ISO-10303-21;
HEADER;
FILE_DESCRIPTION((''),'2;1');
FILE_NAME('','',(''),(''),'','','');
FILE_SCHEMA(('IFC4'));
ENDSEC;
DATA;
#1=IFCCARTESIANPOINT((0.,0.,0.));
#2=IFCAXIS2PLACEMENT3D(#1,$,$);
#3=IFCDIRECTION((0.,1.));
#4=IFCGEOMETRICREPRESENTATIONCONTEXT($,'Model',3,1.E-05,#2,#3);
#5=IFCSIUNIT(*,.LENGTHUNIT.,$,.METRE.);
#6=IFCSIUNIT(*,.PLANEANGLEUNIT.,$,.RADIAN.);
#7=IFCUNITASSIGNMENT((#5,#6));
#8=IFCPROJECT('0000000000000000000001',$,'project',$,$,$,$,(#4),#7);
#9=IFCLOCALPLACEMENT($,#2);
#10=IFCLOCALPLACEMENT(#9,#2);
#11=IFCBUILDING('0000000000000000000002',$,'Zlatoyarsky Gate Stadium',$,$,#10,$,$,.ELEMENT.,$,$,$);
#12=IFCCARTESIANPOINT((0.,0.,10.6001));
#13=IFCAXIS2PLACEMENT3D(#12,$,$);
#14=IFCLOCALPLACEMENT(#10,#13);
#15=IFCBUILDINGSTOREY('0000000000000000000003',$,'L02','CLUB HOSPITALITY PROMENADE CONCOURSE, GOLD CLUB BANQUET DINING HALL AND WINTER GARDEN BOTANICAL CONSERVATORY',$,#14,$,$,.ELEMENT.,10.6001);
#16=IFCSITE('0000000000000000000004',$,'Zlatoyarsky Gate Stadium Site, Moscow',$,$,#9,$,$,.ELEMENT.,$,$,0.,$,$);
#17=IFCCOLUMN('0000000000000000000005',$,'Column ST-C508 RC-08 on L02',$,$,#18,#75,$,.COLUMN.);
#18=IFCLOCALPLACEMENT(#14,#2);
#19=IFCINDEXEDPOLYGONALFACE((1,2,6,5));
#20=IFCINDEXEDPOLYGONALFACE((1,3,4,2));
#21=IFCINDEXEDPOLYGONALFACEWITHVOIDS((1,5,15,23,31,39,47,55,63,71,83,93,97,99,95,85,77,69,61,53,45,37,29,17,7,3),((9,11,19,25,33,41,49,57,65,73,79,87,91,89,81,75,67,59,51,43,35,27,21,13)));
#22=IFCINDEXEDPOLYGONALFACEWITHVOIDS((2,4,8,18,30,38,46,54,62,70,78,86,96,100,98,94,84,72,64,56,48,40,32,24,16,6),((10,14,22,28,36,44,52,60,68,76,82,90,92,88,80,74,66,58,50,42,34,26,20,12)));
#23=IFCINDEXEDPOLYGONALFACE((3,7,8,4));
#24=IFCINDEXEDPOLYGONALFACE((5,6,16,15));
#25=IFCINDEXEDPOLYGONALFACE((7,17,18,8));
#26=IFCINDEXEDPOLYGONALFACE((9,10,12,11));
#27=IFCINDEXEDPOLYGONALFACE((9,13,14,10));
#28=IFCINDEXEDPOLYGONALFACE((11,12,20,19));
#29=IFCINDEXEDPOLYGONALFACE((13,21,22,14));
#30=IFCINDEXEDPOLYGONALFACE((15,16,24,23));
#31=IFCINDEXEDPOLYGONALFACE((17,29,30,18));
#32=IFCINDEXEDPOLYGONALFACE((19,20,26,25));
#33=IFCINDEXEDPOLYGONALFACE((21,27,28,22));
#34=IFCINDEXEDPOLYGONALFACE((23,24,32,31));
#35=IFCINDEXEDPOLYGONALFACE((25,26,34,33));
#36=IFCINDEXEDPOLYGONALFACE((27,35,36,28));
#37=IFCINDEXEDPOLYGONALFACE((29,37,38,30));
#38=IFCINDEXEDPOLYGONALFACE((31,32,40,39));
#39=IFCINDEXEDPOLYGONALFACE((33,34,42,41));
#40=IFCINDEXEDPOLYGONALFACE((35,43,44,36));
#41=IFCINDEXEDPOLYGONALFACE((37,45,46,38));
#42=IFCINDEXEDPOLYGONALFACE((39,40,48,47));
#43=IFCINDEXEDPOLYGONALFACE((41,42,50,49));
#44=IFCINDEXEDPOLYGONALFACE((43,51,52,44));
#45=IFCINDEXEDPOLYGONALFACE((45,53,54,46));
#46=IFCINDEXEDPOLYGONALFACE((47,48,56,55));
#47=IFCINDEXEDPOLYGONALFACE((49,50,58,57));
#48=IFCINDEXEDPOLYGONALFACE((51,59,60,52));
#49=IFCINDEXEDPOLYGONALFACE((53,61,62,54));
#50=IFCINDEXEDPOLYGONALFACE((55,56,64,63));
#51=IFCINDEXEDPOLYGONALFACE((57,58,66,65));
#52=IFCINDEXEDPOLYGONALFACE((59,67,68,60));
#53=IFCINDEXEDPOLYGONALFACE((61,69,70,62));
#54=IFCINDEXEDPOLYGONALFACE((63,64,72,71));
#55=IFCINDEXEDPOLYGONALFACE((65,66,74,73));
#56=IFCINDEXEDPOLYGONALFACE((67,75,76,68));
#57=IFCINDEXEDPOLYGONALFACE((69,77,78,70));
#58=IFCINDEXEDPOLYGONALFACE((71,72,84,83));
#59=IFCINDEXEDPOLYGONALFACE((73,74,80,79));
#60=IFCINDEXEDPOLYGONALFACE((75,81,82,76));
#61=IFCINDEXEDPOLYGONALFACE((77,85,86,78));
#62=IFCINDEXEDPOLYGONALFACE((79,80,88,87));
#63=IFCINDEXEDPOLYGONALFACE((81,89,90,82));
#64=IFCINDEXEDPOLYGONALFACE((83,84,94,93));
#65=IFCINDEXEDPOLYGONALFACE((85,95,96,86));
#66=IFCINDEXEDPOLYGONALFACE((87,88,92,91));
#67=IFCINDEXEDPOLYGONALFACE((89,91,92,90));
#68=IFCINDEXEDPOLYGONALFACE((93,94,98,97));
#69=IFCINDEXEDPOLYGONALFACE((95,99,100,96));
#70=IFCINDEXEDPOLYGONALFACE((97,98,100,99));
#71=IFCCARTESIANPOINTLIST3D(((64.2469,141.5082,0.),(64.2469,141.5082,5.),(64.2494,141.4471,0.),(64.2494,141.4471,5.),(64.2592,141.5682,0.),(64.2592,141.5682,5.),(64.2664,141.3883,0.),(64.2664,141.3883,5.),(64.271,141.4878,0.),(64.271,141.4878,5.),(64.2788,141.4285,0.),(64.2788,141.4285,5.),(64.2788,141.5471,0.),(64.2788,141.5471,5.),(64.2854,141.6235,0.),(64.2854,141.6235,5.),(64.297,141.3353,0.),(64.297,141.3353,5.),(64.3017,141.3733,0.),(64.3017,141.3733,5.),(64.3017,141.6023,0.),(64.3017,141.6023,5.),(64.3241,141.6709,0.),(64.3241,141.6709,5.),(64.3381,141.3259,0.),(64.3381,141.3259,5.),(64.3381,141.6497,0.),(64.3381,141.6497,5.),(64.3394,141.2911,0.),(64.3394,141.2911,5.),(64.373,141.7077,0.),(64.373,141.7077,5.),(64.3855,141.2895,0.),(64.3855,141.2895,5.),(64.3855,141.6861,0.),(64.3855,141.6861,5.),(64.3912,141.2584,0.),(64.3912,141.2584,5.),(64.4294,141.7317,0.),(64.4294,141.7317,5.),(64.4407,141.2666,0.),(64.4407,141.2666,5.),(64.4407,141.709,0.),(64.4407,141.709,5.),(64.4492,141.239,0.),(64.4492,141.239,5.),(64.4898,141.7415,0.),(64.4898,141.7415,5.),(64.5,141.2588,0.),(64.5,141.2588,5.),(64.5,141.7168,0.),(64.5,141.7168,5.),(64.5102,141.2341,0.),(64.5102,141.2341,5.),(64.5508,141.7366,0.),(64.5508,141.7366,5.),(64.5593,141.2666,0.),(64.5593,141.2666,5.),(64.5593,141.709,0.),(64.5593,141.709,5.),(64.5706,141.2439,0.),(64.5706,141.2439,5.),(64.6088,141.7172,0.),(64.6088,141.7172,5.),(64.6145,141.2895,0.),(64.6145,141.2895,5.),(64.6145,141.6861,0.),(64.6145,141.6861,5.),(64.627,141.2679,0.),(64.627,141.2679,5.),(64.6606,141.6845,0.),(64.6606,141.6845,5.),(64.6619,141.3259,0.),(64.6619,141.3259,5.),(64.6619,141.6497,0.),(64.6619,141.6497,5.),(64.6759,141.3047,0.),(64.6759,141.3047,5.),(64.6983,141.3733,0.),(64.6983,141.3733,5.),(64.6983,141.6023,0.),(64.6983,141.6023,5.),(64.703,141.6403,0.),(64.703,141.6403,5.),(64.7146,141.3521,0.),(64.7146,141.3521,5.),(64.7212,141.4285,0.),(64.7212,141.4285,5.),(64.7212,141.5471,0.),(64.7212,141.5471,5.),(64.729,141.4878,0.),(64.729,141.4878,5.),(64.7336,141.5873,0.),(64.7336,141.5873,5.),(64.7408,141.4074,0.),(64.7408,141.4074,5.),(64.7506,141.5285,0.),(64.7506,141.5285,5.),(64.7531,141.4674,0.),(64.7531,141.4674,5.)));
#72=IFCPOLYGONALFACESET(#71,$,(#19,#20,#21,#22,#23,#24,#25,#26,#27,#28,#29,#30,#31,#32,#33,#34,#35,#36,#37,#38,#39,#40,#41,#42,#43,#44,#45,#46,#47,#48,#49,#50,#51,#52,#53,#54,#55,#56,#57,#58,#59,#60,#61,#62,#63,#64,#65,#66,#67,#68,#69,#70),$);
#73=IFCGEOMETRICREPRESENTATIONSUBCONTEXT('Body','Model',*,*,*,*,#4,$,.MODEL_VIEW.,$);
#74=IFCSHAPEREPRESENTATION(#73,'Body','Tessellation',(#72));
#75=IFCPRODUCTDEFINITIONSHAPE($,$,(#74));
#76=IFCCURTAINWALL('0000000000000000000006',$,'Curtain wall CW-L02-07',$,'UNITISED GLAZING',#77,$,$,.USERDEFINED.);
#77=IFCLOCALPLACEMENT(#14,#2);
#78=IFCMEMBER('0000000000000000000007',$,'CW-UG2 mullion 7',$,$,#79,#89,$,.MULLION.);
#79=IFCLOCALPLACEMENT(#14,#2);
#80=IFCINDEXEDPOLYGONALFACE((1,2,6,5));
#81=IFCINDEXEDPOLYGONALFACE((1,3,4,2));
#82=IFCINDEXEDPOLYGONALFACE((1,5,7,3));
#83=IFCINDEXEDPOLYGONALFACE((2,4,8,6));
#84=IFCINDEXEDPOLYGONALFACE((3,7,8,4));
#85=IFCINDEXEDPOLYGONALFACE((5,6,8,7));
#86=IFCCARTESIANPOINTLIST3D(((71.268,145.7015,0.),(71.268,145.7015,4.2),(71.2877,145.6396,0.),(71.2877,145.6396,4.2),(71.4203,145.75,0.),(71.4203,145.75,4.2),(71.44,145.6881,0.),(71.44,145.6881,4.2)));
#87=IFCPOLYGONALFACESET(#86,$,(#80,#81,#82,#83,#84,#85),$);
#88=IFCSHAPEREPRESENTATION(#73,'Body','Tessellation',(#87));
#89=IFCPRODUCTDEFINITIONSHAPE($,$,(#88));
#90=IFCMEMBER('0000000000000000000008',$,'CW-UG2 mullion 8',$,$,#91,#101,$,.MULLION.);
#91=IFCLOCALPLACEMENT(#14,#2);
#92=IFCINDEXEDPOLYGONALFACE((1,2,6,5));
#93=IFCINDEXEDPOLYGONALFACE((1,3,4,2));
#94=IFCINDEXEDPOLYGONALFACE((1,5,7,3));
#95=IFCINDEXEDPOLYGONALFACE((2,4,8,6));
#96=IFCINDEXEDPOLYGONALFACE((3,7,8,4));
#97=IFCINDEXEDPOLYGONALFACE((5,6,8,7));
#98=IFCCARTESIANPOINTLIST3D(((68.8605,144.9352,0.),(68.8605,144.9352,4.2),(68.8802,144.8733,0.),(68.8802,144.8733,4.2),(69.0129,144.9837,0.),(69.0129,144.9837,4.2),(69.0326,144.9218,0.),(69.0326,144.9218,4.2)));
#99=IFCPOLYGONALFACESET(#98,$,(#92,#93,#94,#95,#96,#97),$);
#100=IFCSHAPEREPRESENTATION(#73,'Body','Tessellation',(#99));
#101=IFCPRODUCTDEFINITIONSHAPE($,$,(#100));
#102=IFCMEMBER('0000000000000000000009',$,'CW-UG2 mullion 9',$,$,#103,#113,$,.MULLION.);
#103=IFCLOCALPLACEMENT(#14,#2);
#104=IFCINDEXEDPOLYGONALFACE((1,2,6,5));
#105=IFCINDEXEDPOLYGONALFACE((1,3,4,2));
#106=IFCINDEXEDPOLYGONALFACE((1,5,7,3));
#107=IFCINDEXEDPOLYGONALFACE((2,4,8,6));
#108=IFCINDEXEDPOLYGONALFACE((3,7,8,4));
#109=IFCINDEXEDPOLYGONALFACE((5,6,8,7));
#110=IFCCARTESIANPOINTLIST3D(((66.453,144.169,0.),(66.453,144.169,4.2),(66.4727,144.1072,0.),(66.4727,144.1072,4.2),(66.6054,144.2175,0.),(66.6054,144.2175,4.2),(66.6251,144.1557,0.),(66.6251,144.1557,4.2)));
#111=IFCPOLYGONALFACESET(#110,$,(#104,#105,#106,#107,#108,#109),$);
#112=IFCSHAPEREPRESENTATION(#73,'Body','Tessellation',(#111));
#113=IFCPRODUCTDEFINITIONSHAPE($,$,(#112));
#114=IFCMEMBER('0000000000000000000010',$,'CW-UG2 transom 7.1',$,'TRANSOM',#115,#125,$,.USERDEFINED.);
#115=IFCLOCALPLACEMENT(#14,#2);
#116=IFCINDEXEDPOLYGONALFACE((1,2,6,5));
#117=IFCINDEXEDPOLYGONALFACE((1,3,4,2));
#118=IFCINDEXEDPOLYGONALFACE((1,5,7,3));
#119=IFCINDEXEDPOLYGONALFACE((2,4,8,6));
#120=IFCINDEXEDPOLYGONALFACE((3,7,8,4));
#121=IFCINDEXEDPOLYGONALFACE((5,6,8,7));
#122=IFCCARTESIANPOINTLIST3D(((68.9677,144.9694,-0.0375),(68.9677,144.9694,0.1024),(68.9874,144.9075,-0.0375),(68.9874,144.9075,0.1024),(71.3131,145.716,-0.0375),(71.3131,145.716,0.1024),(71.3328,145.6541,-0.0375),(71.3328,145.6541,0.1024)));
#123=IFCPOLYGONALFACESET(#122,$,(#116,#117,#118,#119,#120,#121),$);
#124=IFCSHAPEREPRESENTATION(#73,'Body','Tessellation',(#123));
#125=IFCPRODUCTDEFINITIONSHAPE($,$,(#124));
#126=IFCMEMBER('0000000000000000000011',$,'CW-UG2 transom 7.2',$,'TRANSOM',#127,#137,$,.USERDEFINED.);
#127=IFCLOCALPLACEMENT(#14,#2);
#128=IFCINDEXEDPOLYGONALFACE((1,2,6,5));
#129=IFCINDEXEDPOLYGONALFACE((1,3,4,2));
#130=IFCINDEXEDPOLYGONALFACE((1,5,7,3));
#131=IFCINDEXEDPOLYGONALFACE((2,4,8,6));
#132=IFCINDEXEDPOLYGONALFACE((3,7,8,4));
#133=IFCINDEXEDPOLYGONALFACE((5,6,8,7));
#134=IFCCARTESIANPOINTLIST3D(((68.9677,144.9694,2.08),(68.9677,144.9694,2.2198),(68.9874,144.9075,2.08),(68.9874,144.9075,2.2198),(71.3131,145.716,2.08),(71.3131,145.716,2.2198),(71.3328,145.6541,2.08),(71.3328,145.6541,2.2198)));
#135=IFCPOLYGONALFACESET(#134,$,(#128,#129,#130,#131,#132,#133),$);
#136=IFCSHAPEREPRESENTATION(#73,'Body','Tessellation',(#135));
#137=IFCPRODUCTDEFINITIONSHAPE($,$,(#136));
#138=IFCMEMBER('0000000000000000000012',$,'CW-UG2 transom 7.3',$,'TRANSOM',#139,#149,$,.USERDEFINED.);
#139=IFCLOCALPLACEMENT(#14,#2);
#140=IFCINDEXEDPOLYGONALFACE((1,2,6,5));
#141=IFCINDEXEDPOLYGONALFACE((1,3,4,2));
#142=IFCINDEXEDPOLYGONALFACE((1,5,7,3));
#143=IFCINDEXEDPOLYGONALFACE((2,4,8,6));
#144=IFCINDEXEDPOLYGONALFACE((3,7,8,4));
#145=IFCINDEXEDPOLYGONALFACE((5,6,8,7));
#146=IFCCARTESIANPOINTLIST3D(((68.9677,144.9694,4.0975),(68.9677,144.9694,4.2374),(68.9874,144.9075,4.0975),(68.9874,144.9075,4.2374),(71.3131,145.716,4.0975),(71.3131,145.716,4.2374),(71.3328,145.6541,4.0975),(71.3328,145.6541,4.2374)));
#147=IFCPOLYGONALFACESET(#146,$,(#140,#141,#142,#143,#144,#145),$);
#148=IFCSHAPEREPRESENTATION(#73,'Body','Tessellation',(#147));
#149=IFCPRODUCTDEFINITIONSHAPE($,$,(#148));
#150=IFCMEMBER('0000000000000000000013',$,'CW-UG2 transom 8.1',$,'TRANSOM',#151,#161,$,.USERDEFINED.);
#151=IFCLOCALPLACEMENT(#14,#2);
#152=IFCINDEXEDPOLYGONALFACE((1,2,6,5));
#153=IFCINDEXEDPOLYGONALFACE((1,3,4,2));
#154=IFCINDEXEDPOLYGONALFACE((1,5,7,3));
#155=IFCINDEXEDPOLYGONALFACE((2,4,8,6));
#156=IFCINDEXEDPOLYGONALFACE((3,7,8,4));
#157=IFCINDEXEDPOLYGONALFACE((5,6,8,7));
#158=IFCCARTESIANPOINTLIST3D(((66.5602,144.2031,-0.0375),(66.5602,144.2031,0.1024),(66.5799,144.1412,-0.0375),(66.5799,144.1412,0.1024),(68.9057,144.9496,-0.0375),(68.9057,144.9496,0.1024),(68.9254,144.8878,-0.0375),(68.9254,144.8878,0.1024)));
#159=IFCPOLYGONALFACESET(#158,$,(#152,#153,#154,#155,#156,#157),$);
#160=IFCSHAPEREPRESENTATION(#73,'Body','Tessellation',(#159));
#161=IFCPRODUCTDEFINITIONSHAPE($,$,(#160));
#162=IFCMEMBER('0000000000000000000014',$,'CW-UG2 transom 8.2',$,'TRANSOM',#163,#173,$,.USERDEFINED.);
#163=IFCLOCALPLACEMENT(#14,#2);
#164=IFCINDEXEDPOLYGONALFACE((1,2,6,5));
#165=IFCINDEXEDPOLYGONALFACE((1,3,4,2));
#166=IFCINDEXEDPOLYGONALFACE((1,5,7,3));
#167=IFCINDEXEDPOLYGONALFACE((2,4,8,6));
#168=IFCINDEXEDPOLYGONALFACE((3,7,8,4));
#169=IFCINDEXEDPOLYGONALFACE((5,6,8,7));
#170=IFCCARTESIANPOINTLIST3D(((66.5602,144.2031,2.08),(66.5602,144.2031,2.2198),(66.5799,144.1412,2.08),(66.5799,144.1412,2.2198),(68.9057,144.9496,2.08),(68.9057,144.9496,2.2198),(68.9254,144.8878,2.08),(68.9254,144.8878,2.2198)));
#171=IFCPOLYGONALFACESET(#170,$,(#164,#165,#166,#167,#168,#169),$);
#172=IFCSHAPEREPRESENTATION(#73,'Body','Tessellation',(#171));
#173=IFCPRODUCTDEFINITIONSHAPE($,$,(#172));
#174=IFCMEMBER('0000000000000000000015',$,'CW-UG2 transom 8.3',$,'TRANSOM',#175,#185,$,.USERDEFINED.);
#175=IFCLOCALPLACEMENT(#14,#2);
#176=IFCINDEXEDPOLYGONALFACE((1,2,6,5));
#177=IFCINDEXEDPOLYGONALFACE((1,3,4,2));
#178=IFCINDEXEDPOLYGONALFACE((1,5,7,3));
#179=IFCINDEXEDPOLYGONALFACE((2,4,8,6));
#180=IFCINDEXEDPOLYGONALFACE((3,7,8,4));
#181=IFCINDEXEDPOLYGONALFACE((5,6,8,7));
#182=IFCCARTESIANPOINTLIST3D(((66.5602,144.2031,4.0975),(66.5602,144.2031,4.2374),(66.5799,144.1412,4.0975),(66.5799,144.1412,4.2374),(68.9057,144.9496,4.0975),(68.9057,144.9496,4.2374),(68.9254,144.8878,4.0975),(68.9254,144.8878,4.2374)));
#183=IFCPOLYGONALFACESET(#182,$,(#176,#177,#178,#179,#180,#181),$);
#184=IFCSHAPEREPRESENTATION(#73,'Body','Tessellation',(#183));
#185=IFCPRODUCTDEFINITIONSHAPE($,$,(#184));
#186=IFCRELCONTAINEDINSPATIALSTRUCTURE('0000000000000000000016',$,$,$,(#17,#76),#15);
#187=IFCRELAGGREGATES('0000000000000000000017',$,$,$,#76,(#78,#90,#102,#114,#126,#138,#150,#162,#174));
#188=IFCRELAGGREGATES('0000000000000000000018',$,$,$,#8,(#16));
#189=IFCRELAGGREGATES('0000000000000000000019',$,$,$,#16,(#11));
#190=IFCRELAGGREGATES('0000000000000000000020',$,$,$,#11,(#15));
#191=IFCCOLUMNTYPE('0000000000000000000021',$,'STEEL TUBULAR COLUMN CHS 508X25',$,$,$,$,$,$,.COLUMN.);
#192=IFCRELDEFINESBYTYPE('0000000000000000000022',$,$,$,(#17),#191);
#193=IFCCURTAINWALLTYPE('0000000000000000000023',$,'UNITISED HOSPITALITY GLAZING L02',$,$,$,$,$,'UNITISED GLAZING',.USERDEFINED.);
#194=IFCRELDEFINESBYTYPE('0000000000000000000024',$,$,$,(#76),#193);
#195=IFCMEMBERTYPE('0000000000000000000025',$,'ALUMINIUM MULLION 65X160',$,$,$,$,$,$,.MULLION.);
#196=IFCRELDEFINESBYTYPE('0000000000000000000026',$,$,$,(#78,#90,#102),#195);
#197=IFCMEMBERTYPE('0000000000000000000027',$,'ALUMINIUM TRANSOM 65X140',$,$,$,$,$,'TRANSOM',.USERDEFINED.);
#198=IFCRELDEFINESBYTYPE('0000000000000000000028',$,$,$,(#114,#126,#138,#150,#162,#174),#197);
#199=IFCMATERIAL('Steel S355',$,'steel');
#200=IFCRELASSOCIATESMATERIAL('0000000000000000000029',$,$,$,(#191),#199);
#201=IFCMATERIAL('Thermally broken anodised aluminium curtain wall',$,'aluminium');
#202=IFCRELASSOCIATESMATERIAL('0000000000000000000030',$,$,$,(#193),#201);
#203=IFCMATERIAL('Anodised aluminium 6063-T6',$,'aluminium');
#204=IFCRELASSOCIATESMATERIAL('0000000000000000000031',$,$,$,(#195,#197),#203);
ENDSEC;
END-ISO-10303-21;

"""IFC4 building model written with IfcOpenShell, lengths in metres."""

from ifc_helpers import new_model, si_unit, direction, frame, origin, origin_2d, place, context, subcontext, project, spatial, rectangle, hollow_circle, extrude, material, material_profile, profile_set, type_object, element, aggregate, save


model = new_model("IFC4")

# Units and contexts
model_context = context("Model", 3, precision=1e-05, world=origin(), true_north=direction((0.0, 1.0)))
body_context = subcontext(model_context, "Body", "Model", "MODEL_VIEW")
ifc_project = project(units=[si_unit("LENGTHUNIT", "METRE"), si_unit("PLANEANGLEUNIT", "RADIAN")], contexts=[model_context])

# Site, building, storey
site_placement = place(None, origin())
site = spatial("IfcSite", under=ifc_project, at=site_placement, Name="Zlatoyarsky Gate Stadium Site, Moscow", CompositionType="ELEMENT", RefElevation=0.0)
building_placement = place(site_placement, origin())
building = spatial("IfcBuilding", under=site, at=building_placement, Name="Zlatoyarsky Gate Stadium", CompositionType="ELEMENT")
storey_placement = place(building_placement, frame((0.0, 0.0, 10.6001)))
storey = spatial("IfcBuildingStorey", under=building, at=storey_placement, Name="L02", Description="CLUB HOSPITALITY PROMENADE CONCOURSE, GOLD CLUB BANQUET DINING HALL AND WINTER GARDEN BOTANICAL CONSERVATORY", CompositionType="ELEMENT", Elevation=10.6001)

# Column
ifc_material_1 = material(Name="Steel S355", Category="steel")
ifc_material_profile_1 = material_profile(ifc_material_1, hollow_circle(Radius=0.2539, WallThickness=0.0249, at=origin_2d()), Name="CHS 508X25")
ifc_profile_set_1 = profile_set([ifc_material_profile_1], Name="Steel S355")
column_type = type_object("IfcColumnType", Name="STEEL TUBULAR COLUMN CHS 508X25", PredefinedType="COLUMN", material=ifc_profile_set_1)
column_placement = place(storey_placement, frame((64.5, 141.4878, 0.0), z_axis=(0.0, 0.0, 1.0), x_axis=(-0.5, 0.866025, 0.0)))
element("IfcColumn", 1, at=column_placement, inside=storey, type_object=column_type, Name="Column ST-C508 RC-08 on L02", PredefinedType="COLUMN", context=body_context, shape_type="SweptSolid", body=[
    extrude(hollow_circle(Radius=0.2539, WallThickness=0.0249, at=origin_2d()), origin(), (0.0, 0.0, 1.0), 5.0),
])

# Curtain wall, members
ifc_material_2 = material(Name="Thermally broken anodised aluminium curtain wall", Category="aluminium")
curtain_wall_type = type_object("IfcCurtainWallType", Name="UNITISED HOSPITALITY GLAZING L02", ElementType="UNITISED GLAZING", PredefinedType="USERDEFINED", material=ifc_material_2)
curtain_wall_placement = place(storey_placement, origin())
curtain_wall = element("IfcCurtainWall", 2, at=curtain_wall_placement, inside=storey, type_object=curtain_wall_type, Name="Curtain wall CW-L02-07", ObjectType="UNITISED GLAZING", PredefinedType="USERDEFINED")
ifc_material_3 = material(Name="Anodised aluminium 6063-T6", Category="aluminium")
ifc_material_profile_2 = material_profile(ifc_material_3, rectangle(XDim=0.0649, YDim=0.1599, at=origin_2d()), Name="ALU 65X160")
ifc_profile_set_2 = profile_set([ifc_material_profile_2], Name="Anodised aluminium 6063-T6")
member_type_1 = type_object("IfcMemberType", Name="ALUMINIUM MULLION 65X160", PredefinedType="MULLION", material=ifc_profile_set_2)
member_1_placement = place(storey_placement, frame((71.354, 145.6948, 0.0), z_axis=(0.0, 0.0, 1.0), x_axis=(0.303279, -0.952902, 0.0)))
member_1 = element("IfcMember", 3, at=member_1_placement, type_object=member_type_1, Name="CW-UG2 mullion 7", PredefinedType="MULLION", context=body_context, shape_type="SweptSolid", body=[
    extrude(rectangle(XDim=0.0649, YDim=0.1599, at=origin_2d()), origin(), (0.0, 0.0, 1.0), 4.2),
])
member_2_placement = place(storey_placement, frame((68.9465, 144.9285, 0.0), z_axis=(0.0, 0.0, 1.0), x_axis=(0.303279, -0.952902, 0.0)))
member_2 = element("IfcMember", 4, at=member_2_placement, type_object=member_type_1, Name="CW-UG2 mullion 8", PredefinedType="MULLION", context=body_context, shape_type="SweptSolid", body=[
    extrude(rectangle(XDim=0.0649, YDim=0.1599, at=origin_2d()), origin(), (0.0, 0.0, 1.0), 4.2),
])
member_3_placement = place(storey_placement, frame((66.5391, 144.1624, 0.0), z_axis=(0.0, 0.0, 1.0), x_axis=(0.303279, -0.952902, 0.0)))
member_3 = element("IfcMember", 5, at=member_3_placement, type_object=member_type_1, Name="CW-UG2 mullion 9", PredefinedType="MULLION", context=body_context, shape_type="SweptSolid", body=[
    extrude(rectangle(XDim=0.0649, YDim=0.1599, at=origin_2d()), origin(), (0.0, 0.0, 1.0), 4.2),
])
ifc_material_profile_3 = material_profile(ifc_material_3, rectangle(XDim=0.0649, YDim=0.1399, at=origin_2d()), Name="ALU 65X140")
ifc_profile_set_3 = profile_set([ifc_material_profile_3], Name="Anodised aluminium 6063-T6")
member_type_2 = type_object("IfcMemberType", Name="ALUMINIUM TRANSOM 65X140", ElementType="TRANSOM", PredefinedType="USERDEFINED", material=ifc_profile_set_3)
member_4_placement = place(storey_placement, frame((71.323, 145.6851, 0.0325), z_axis=(-0.952891, -0.303314, 0.0), x_axis=(0.303314, -0.952891, 0.0)))
member_4 = element("IfcMember", 6, at=member_4_placement, type_object=member_type_2, Name="CW-UG2 transom 7.1", ObjectType="TRANSOM", PredefinedType="USERDEFINED", context=body_context, shape_type="SweptSolid", body=[
    extrude(rectangle(XDim=0.0649, YDim=0.1399, at=origin_2d()), origin(), (0.0, 0.0, 1.0), 2.4614),
])
member_5_placement = place(storey_placement, frame((71.323, 145.6851, 2.1499), z_axis=(-0.952891, -0.303314, 0.0), x_axis=(0.303314, -0.952891, 0.0)))
member_5 = element("IfcMember", 7, at=member_5_placement, type_object=member_type_2, Name="CW-UG2 transom 7.2", ObjectType="TRANSOM", PredefinedType="USERDEFINED", context=body_context, shape_type="SweptSolid", body=[
    extrude(rectangle(XDim=0.0649, YDim=0.1399, at=origin_2d()), origin(), (0.0, 0.0, 1.0), 2.4614),
])
member_6_placement = place(storey_placement, frame((71.323, 145.6851, 4.1675), z_axis=(-0.952891, -0.303314, 0.0), x_axis=(0.303314, -0.952891, 0.0)))
member_6 = element("IfcMember", 8, at=member_6_placement, type_object=member_type_2, Name="CW-UG2 transom 7.3", ObjectType="TRANSOM", PredefinedType="USERDEFINED", context=body_context, shape_type="SweptSolid", body=[
    extrude(rectangle(XDim=0.0649, YDim=0.1399, at=origin_2d()), origin(), (0.0, 0.0, 1.0), 2.4614),
])
member_7_placement = place(storey_placement, frame((68.9155, 144.9187, 0.0325), z_axis=(-0.952891, -0.303314, 0.0), x_axis=(0.303314, -0.952891, 0.0)))
member_7 = element("IfcMember", 9, at=member_7_placement, type_object=member_type_2, Name="CW-UG2 transom 8.1", ObjectType="TRANSOM", PredefinedType="USERDEFINED", context=body_context, shape_type="SweptSolid", body=[
    extrude(rectangle(XDim=0.0649, YDim=0.1399, at=origin_2d()), origin(), (0.0, 0.0, 1.0), 2.4614),
])
member_8_placement = place(storey_placement, frame((68.9155, 144.9187, 2.1499), z_axis=(-0.952891, -0.303314, 0.0), x_axis=(0.303314, -0.952891, 0.0)))
member_8 = element("IfcMember", 10, at=member_8_placement, type_object=member_type_2, Name="CW-UG2 transom 8.2", ObjectType="TRANSOM", PredefinedType="USERDEFINED", context=body_context, shape_type="SweptSolid", body=[
    extrude(rectangle(XDim=0.0649, YDim=0.1399, at=origin_2d()), origin(), (0.0, 0.0, 1.0), 2.4614),
])
member_9_placement = place(storey_placement, frame((68.9155, 144.9187, 4.1675), z_axis=(-0.952891, -0.303314, 0.0), x_axis=(0.303314, -0.952891, 0.0)))
member_9 = element("IfcMember", 11, at=member_9_placement, type_object=member_type_2, Name="CW-UG2 transom 8.3", ObjectType="TRANSOM", PredefinedType="USERDEFINED", context=body_context, shape_type="SweptSolid", body=[
    extrude(rectangle(XDim=0.0649, YDim=0.1399, at=origin_2d()), origin(), (0.0, 0.0, 1.0), 2.4614),
])

aggregate(curtain_wall, [member_1, member_2, member_3, member_4, member_5, member_6, member_7, member_8, member_9])

save(model, "model.ifc")
